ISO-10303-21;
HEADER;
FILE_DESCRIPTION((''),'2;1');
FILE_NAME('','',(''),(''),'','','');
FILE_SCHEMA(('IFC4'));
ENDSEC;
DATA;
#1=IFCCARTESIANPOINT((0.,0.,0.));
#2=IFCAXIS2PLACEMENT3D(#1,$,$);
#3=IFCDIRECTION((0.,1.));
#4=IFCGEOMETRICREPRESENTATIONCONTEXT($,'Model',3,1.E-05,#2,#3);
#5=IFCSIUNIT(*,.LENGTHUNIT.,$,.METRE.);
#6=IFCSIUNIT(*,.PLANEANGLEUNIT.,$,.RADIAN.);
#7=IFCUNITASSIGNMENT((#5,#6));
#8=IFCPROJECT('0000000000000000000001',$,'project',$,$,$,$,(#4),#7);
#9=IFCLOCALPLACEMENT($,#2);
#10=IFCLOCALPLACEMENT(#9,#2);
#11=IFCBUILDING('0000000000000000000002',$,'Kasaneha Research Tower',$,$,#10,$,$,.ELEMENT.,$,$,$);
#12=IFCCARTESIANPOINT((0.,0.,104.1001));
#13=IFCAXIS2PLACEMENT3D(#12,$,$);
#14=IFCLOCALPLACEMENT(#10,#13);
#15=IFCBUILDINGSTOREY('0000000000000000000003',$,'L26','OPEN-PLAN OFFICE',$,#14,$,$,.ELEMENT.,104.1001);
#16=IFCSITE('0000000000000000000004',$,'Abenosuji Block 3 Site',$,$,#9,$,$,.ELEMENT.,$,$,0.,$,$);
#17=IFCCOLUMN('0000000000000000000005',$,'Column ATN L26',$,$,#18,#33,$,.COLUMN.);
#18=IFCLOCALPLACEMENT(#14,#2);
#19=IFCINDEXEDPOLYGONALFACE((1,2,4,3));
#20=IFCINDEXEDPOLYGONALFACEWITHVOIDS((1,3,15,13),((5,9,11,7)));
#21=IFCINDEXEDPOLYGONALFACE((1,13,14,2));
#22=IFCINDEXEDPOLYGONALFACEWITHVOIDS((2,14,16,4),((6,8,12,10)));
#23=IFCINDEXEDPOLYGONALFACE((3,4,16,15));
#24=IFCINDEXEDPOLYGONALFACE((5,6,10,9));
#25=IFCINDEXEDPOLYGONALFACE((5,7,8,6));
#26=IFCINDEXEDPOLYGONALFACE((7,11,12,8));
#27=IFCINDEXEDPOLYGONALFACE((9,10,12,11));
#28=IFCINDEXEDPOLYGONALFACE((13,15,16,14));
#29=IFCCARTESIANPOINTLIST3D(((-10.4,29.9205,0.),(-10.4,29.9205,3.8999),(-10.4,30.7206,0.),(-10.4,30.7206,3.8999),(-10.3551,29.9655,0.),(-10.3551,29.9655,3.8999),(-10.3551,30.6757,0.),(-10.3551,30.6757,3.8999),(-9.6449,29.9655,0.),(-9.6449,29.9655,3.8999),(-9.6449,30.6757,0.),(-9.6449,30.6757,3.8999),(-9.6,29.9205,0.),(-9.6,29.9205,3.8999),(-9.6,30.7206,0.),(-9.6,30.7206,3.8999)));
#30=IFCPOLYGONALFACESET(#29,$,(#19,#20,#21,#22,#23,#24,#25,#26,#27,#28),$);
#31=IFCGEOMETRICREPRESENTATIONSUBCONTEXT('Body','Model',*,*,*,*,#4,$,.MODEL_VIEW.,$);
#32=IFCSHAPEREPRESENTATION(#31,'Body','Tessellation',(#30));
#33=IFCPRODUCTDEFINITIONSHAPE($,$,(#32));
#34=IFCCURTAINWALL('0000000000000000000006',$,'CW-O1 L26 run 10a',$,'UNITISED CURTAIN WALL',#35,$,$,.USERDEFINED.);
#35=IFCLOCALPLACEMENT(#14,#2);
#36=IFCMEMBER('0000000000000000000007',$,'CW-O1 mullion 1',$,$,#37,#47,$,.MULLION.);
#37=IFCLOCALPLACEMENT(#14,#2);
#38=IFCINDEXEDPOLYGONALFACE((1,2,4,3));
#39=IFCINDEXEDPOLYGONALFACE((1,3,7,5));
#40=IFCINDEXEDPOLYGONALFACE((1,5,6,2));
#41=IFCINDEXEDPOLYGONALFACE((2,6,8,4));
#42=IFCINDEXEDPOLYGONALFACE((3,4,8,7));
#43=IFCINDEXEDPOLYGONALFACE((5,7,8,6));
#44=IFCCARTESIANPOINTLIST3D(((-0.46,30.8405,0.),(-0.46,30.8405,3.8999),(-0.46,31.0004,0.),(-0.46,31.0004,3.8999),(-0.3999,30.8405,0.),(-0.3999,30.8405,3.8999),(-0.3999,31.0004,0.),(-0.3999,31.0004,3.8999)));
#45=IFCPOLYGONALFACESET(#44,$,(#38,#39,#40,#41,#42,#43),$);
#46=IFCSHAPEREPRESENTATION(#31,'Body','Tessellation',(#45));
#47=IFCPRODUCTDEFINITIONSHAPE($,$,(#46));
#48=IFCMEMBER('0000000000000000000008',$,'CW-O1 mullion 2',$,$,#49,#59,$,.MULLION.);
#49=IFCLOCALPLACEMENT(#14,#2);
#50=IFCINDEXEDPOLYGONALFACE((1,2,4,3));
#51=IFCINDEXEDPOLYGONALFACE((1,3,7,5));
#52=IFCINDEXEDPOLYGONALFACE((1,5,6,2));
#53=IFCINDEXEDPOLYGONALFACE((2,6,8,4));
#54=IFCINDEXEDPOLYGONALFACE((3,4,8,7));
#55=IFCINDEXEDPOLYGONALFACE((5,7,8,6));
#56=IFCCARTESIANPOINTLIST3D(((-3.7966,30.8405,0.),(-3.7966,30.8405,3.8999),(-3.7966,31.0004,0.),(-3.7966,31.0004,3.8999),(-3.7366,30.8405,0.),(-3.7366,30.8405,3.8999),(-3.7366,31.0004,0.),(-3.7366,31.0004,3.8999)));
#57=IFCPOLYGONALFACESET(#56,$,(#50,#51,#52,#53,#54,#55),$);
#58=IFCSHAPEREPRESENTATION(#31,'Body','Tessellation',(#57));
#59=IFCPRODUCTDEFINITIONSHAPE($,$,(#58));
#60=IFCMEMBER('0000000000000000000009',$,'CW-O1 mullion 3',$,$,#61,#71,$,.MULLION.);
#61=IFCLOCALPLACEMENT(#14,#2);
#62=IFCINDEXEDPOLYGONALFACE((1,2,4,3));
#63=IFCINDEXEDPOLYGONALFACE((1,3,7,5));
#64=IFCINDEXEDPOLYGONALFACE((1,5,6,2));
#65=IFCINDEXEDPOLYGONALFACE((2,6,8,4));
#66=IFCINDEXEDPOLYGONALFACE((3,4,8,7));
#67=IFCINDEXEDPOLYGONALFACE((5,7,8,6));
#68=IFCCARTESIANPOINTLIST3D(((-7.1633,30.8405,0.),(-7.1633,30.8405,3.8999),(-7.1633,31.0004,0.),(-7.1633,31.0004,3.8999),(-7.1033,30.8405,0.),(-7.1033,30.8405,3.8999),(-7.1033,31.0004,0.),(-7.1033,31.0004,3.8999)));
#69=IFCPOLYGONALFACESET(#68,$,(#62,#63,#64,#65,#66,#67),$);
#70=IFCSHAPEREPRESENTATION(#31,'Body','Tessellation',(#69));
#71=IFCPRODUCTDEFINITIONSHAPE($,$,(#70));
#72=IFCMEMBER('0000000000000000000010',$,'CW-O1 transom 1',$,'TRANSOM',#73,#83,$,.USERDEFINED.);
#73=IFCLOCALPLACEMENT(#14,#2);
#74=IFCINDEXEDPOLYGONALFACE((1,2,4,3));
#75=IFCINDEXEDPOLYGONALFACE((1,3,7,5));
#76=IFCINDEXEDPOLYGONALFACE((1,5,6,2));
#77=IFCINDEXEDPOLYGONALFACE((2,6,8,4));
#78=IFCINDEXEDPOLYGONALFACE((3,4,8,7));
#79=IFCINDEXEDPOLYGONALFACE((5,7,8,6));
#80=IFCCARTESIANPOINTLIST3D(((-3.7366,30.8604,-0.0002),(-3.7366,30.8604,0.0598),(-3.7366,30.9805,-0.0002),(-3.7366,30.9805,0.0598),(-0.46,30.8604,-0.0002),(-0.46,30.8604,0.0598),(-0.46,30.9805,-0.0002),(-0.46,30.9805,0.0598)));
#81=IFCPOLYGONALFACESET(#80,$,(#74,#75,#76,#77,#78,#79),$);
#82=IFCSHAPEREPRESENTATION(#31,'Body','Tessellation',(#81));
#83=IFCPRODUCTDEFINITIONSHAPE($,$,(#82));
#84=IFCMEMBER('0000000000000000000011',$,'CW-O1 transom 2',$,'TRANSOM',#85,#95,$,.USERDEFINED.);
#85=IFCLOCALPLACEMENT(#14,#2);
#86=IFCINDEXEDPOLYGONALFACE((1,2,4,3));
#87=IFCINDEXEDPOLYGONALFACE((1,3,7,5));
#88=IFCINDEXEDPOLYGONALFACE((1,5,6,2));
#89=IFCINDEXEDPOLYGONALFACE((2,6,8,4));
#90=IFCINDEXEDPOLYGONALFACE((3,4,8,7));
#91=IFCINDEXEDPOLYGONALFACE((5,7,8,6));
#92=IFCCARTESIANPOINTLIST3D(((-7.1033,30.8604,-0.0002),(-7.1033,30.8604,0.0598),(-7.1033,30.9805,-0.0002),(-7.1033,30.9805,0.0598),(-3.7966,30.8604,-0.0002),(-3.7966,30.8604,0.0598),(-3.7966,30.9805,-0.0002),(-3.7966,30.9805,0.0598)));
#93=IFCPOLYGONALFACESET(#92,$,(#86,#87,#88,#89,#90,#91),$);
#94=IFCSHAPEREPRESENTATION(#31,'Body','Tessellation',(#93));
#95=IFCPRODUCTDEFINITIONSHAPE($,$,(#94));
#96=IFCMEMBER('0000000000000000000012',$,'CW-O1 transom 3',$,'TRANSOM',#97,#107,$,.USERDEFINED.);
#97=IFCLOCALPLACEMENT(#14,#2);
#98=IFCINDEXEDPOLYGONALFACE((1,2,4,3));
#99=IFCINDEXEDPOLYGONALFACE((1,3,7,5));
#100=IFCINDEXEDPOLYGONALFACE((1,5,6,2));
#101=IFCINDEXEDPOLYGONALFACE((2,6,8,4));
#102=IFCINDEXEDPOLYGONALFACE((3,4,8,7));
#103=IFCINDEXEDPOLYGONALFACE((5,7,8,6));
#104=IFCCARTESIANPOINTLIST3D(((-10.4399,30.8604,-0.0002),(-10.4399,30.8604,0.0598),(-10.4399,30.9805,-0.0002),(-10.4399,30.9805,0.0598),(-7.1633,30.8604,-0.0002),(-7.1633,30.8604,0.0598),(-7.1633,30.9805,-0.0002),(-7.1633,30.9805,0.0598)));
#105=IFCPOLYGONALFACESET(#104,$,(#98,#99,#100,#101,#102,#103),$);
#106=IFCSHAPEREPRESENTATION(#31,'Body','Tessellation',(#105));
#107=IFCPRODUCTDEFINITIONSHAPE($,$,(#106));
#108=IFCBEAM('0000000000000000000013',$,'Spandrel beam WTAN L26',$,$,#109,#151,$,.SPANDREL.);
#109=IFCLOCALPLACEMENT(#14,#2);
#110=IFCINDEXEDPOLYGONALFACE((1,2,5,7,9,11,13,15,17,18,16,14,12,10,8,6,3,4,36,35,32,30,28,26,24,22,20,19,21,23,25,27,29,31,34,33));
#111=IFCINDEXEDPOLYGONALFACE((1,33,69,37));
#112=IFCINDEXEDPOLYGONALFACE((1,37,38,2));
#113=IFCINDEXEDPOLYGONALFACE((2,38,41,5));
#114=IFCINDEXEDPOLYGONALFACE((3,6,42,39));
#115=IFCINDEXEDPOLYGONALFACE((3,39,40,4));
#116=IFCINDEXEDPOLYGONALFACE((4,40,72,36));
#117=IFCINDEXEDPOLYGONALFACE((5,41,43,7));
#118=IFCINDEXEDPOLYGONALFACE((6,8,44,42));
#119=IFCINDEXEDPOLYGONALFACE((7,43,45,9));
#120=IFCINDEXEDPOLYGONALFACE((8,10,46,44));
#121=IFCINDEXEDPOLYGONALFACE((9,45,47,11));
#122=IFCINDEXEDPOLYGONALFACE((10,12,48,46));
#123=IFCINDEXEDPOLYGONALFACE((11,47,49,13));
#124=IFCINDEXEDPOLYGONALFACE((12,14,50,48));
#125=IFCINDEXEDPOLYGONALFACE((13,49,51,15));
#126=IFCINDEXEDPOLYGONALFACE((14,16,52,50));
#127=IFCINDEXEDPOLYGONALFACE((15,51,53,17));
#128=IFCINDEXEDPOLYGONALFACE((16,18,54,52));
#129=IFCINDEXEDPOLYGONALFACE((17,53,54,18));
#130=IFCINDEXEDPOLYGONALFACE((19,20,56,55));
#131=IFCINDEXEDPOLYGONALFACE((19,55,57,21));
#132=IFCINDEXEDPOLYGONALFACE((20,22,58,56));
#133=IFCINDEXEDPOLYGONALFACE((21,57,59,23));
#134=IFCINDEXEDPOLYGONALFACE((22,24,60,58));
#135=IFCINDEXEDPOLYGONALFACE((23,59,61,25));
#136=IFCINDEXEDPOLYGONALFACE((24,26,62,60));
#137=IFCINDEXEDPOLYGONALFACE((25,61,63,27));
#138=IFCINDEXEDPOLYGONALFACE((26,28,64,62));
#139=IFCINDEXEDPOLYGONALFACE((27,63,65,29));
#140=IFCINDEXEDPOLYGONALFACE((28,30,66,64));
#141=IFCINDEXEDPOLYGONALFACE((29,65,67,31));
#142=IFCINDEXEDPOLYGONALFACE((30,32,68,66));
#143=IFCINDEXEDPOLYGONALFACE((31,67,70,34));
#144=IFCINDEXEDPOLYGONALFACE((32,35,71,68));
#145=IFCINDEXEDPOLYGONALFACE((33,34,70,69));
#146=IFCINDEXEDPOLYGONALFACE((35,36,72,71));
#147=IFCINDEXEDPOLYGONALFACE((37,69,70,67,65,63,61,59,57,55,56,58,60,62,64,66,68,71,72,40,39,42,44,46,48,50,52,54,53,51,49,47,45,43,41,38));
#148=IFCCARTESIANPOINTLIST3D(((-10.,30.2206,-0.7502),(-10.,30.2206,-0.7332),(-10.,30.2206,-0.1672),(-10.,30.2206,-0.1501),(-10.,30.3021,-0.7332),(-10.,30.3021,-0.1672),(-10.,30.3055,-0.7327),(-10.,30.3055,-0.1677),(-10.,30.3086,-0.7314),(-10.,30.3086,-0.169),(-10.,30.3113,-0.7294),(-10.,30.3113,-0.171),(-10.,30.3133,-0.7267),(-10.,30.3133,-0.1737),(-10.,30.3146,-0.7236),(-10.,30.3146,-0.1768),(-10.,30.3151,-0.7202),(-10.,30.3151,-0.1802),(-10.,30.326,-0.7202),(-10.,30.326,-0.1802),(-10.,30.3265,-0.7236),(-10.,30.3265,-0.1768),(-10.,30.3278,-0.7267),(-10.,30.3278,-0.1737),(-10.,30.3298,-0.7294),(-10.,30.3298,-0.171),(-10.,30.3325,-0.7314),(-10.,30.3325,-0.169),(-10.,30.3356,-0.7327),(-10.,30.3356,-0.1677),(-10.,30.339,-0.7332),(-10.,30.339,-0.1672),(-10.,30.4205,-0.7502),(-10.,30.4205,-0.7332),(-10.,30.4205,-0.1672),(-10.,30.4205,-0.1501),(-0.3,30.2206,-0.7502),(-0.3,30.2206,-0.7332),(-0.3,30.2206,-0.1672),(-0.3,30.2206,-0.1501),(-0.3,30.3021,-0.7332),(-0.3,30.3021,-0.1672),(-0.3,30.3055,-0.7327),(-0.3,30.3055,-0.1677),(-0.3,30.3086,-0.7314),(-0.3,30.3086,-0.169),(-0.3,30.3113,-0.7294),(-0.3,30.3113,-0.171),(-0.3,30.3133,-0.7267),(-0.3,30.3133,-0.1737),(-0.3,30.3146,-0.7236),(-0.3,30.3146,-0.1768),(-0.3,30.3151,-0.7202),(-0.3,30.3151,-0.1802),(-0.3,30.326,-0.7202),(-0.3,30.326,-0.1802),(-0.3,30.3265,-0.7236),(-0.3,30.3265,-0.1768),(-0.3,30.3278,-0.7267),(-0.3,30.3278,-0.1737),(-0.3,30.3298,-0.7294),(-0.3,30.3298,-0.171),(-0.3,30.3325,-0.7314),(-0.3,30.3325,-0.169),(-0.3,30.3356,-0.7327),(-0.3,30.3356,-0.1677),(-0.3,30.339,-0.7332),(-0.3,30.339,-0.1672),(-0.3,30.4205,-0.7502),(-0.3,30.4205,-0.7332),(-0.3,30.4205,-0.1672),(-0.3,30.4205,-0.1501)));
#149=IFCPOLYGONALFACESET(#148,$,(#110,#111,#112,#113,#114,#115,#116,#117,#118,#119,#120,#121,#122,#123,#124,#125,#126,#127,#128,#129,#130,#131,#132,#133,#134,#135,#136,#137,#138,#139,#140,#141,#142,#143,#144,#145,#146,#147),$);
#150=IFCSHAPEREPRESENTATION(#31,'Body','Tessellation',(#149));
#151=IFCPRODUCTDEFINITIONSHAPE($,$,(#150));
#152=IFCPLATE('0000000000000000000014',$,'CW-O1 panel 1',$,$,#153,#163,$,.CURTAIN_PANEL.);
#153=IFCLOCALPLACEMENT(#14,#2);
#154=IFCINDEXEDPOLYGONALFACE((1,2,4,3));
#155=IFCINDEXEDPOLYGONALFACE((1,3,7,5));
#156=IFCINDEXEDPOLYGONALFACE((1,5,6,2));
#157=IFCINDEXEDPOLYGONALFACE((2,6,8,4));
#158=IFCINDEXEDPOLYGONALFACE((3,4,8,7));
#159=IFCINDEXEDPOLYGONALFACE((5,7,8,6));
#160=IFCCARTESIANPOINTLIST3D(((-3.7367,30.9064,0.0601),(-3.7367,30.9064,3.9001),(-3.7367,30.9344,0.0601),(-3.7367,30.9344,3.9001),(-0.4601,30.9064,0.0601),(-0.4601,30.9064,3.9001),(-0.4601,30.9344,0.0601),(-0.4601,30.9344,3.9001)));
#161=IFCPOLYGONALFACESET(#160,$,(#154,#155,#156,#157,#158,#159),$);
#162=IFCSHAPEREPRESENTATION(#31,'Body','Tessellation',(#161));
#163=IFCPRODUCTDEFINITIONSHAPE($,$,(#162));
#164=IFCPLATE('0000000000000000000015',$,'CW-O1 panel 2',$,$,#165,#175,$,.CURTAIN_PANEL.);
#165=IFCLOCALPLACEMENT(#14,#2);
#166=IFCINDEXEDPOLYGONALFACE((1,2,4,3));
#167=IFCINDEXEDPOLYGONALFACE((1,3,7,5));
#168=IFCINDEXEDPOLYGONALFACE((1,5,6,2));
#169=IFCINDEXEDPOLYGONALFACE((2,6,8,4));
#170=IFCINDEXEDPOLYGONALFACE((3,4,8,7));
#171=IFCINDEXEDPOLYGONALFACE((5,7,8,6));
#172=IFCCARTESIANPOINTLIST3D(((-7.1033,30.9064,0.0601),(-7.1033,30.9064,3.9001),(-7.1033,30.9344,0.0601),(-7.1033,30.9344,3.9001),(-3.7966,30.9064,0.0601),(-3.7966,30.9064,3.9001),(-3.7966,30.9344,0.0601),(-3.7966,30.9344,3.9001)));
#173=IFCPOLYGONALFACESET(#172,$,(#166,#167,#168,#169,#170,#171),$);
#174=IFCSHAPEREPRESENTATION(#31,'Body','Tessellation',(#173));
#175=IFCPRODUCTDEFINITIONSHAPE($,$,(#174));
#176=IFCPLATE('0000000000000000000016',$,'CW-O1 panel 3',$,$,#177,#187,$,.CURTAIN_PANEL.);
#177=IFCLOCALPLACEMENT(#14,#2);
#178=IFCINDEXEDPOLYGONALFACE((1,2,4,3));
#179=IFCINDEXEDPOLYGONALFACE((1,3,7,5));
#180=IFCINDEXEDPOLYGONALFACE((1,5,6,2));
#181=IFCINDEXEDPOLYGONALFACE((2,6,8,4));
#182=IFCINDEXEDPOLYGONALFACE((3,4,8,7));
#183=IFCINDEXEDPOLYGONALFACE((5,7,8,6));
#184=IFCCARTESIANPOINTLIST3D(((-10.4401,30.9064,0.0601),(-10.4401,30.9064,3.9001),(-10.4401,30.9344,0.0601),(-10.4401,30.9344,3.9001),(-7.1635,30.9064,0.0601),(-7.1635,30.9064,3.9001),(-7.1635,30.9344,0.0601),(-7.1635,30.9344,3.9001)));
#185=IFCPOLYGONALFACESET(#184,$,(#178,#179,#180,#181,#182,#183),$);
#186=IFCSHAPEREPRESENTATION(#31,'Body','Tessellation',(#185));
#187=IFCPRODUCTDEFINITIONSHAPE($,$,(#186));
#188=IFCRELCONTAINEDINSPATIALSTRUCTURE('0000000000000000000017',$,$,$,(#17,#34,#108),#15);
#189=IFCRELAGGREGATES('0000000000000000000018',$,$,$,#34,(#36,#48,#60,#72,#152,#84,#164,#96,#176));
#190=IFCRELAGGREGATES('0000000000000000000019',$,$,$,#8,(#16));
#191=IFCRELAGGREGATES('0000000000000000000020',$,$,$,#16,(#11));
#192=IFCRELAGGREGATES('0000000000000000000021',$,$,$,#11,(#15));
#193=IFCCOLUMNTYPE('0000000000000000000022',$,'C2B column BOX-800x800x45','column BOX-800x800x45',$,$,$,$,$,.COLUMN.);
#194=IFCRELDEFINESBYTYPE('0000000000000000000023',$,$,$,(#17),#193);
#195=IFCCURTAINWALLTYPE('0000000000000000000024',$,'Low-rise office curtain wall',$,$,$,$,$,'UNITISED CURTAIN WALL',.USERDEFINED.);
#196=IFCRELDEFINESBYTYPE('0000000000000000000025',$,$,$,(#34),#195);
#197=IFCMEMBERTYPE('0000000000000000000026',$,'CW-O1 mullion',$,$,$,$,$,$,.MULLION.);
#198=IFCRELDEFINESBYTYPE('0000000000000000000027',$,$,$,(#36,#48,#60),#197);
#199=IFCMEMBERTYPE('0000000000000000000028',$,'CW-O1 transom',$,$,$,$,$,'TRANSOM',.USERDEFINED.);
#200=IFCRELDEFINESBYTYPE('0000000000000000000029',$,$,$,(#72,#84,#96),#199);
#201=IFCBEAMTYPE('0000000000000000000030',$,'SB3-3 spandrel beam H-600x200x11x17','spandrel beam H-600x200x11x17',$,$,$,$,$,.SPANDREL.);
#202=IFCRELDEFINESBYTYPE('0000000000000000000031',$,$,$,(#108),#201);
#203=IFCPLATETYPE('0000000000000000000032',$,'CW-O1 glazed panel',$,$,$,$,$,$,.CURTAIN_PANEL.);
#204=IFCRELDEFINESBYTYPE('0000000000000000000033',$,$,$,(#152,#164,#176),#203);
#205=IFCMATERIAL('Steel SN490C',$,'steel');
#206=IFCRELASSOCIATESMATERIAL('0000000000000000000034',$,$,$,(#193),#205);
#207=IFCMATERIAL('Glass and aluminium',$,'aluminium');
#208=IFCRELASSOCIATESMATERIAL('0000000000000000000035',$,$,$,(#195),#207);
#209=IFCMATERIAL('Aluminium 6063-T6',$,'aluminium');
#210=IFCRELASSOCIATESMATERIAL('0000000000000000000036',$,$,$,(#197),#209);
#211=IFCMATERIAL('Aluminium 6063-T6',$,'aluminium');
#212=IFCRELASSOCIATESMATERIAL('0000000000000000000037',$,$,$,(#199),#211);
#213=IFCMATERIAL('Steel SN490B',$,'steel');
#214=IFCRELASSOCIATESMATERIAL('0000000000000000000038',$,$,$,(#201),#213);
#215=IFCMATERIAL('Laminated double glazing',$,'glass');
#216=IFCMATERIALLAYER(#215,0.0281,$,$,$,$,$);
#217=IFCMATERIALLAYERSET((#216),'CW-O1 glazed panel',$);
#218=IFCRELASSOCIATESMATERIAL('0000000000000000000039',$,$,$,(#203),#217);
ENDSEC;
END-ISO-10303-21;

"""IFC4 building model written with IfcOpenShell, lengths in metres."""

from ifc_helpers import new_model, si_unit, direction, frame, origin, origin_2d, place, context, subcontext, project, spatial, rectangle, hollow_rectangle, i_section, extrude, material, layer, layer_set, material_profile, profile_set, type_object, element, aggregate, save


model = new_model("IFC4")

# Units and contexts
model_context = context("Model", 3, precision=1e-05, world=origin(), true_north=direction((0.0, 1.0)))
body_context = subcontext(model_context, "Body", "Model", "MODEL_VIEW")
ifc_project = project(units=[si_unit("LENGTHUNIT", "METRE"), si_unit("PLANEANGLEUNIT", "RADIAN")], contexts=[model_context])

# Site, building, storey
site_placement = place(None, origin())
site = spatial("IfcSite", under=ifc_project, at=site_placement, Name="Abenosuji Block 3 Site", CompositionType="ELEMENT", RefElevation=0.0)
building_placement = place(site_placement, origin())
building = spatial("IfcBuilding", under=site, at=building_placement, Name="Kasaneha Research Tower", CompositionType="ELEMENT")
storey_placement = place(building_placement, frame((0.0, 0.0, 104.1001)))
storey = spatial("IfcBuildingStorey", under=building, at=storey_placement, Name="L26", Description="OPEN-PLAN OFFICE", CompositionType="ELEMENT", Elevation=104.1001)

# Column
ifc_material_1 = material(Name="Steel SN490C", Category="steel")
ifc_material_profile_1 = material_profile(ifc_material_1, hollow_rectangle(XDim=0.8, YDim=0.8, WallThickness=0.0449, at=origin_2d()), Name="BOX-800x800x45")
ifc_profile_set_1 = profile_set([ifc_material_profile_1], Name="Steel SN490C")
column_type = type_object("IfcColumnType", Name="C2B column BOX-800x800x45", Description="column BOX-800x800x45", PredefinedType="COLUMN", material=ifc_profile_set_1)
column_placement = place(storey_placement, frame((-10.0, 30.3206, 0.0), z_axis=(0.0, 0.0, 1.0), x_axis=(1.0, 0.0, 0.0)))
element("IfcColumn", 1, at=column_placement, inside=storey, type_object=column_type, Name="Column ATN L26", PredefinedType="COLUMN", context=body_context, shape_type="SweptSolid", body=[
    extrude(hollow_rectangle(XDim=0.8, YDim=0.8, WallThickness=0.0449, at=origin_2d()), origin(), (0.0, 0.0, 1.0), 3.8999),
])

# Curtain wall, members
ifc_material_2 = material(Name="Glass and aluminium", Category="aluminium")
curtain_wall_type = type_object("IfcCurtainWallType", Name="Low-rise office curtain wall", ElementType="UNITISED CURTAIN WALL", PredefinedType="USERDEFINED", material=ifc_material_2)
curtain_wall_placement = place(storey_placement, origin())
curtain_wall = element("IfcCurtainWall", 2, at=curtain_wall_placement, inside=storey, type_object=curtain_wall_type, Name="CW-O1 L26 run 10a", ObjectType="UNITISED CURTAIN WALL", PredefinedType="USERDEFINED")
ifc_material_3 = material(Name="Aluminium 6063-T6", Category="aluminium")
ifc_material_profile_2 = material_profile(ifc_material_3, rectangle(XDim=0.0601, YDim=0.1599, at=origin_2d()), Name="CW-O1 mullion 60x160")
ifc_profile_set_2 = profile_set([ifc_material_profile_2], Name="Aluminium 6063-T6")
member_type_1 = type_object("IfcMemberType", Name="CW-O1 mullion", PredefinedType="MULLION", material=ifc_profile_set_2)
member_1_placement = place(storey_placement, frame((-0.4299, 30.9204, 0.0), z_axis=(0.0, 0.0, 1.0), x_axis=(-1.0, 0.0, 0.0)))
member_1 = element("IfcMember", 3, at=member_1_placement, type_object=member_type_1, Name="CW-O1 mullion 1", PredefinedType="MULLION", context=body_context, shape_type="SweptSolid", body=[
    extrude(rectangle(XDim=0.0601, YDim=0.1599, at=origin_2d()), origin(), (0.0, 0.0, 1.0), 3.8999),
])
member_2_placement = place(storey_placement, frame((-3.7666, 30.9204, 0.0), z_axis=(0.0, 0.0, 1.0), x_axis=(-1.0, 0.0, 0.0)))
member_2 = element("IfcMember", 4, at=member_2_placement, type_object=member_type_1, Name="CW-O1 mullion 2", PredefinedType="MULLION", context=body_context, shape_type="SweptSolid", body=[
    extrude(rectangle(XDim=0.0601, YDim=0.1599, at=origin_2d()), origin(), (0.0, 0.0, 1.0), 3.8999),
])
member_3_placement = place(storey_placement, frame((-7.1333, 30.9204, 0.0), z_axis=(0.0, 0.0, 1.0), x_axis=(-1.0, 0.0, 0.0)))
member_3 = element("IfcMember", 5, at=member_3_placement, type_object=member_type_1, Name="CW-O1 mullion 3", PredefinedType="MULLION", context=body_context, shape_type="SweptSolid", body=[
    extrude(rectangle(XDim=0.0601, YDim=0.1599, at=origin_2d()), origin(), (0.0, 0.0, 1.0), 3.8999),
])
ifc_material_4 = material(Name="Aluminium 6063-T6", Category="aluminium")
ifc_material_profile_3 = material_profile(ifc_material_4, rectangle(XDim=0.1201, YDim=0.0601, at=origin_2d()), Name="CW-O1 transom 120x60")
ifc_profile_set_3 = profile_set([ifc_material_profile_3], Name="Aluminium 6063-T6")
member_type_2 = type_object("IfcMemberType", Name="CW-O1 transom", ElementType="TRANSOM", PredefinedType="USERDEFINED", material=ifc_profile_set_3)
member_4_placement = place(storey_placement, frame((-0.46, 30.9204, 0.0298), z_axis=(-1.0, 0.0, 0.0), x_axis=(0.0, -1.0, 0.0)))
member_4 = element("IfcMember", 6, at=member_4_placement, type_object=member_type_2, Name="CW-O1 transom 1", ObjectType="TRANSOM", PredefinedType="USERDEFINED", context=body_context, shape_type="SweptSolid", body=[
    extrude(rectangle(XDim=0.1201, YDim=0.0601, at=origin_2d()), origin(), (0.0, 0.0, 1.0), 3.2766),
])
member_5_placement = place(storey_placement, frame((-3.7966, 30.9204, 0.0298), z_axis=(-1.0, 0.0, 0.0), x_axis=(0.0, -1.0, 0.0)))
member_5 = element("IfcMember", 7, at=member_5_placement, type_object=member_type_2, Name="CW-O1 transom 2", ObjectType="TRANSOM", PredefinedType="USERDEFINED", context=body_context, shape_type="SweptSolid", body=[
    extrude(rectangle(XDim=0.1201, YDim=0.0601, at=origin_2d()), origin(), (0.0, 0.0, 1.0), 3.3066),
])
member_6_placement = place(storey_placement, frame((-7.1633, 30.9204, 0.0298), z_axis=(-1.0, 0.0, 0.0), x_axis=(0.0, -1.0, 0.0)))
member_6 = element("IfcMember", 8, at=member_6_placement, type_object=member_type_2, Name="CW-O1 transom 3", ObjectType="TRANSOM", PredefinedType="USERDEFINED", context=body_context, shape_type="SweptSolid", body=[
    extrude(rectangle(XDim=0.1201, YDim=0.0601, at=origin_2d()), origin(), (0.0, 0.0, 1.0), 3.2766),
])

# Beam
ifc_material_5 = material(Name="Steel SN490B", Category="steel")
ifc_material_profile_4 = material_profile(ifc_material_5, i_section(OverallWidth=0.2, OverallDepth=0.6001, WebThickness=0.011, FlangeThickness=0.0171, FilletRadius=0.0129, at=origin_2d()), Name="H-600x200x11x17")
ifc_profile_set_4 = profile_set([ifc_material_profile_4], Name="Steel SN490B")
beam_type = type_object("IfcBeamType", Name="SB3-3 spandrel beam H-600x200x11x17", Description="spandrel beam H-600x200x11x17", PredefinedType="SPANDREL", material=ifc_profile_set_4)
beam_placement = place(storey_placement, frame((-10.0, 30.3206, -0.4502), z_axis=(1.0, 0.0, 0.0), x_axis=(0.0, 1.0, 0.0)))
element("IfcBeam", 9, at=beam_placement, inside=storey, type_object=beam_type, Name="Spandrel beam WTAN L26", PredefinedType="SPANDREL", context=body_context, shape_type="SweptSolid", body=[
    extrude(i_section(OverallWidth=0.2, OverallDepth=0.6001, WebThickness=0.011, FlangeThickness=0.0171, FilletRadius=0.0129, at=origin_2d()), origin(), (0.0, 0.0, 1.0), 9.7),
])

# Plates
ifc_material_6 = material(Name="Laminated double glazing", Category="glass")
ifc_layer_1 = layer(ifc_material_6, 0.0281)
ifc_layer_set_1 = layer_set([ifc_layer_1], Name="CW-O1 glazed panel")
plate_type = type_object("IfcPlateType", Name="CW-O1 glazed panel", PredefinedType="CURTAIN_PANEL", material=ifc_layer_set_1)
plate_1_placement = place(storey_placement, frame((-2.0984, 30.9204, 0.0601), z_axis=(0.0, 0.0, 1.0), x_axis=(-1.0, 0.0, 0.0)))
plate_1 = element("IfcPlate", 10, at=plate_1_placement, type_object=plate_type, Name="CW-O1 panel 1", PredefinedType="CURTAIN_PANEL", context=body_context, shape_type="SweptSolid", body=[
    extrude(rectangle(XDim=3.2766, YDim=0.0281, at=origin_2d()), origin(), (0.0, 0.0, 1.0), 3.8401),
])
plate_2_placement = place(storey_placement, frame((-5.45, 30.9204, 0.0601), z_axis=(0.0, 0.0, 1.0), x_axis=(-1.0, 0.0, 0.0)))
plate_2 = element("IfcPlate", 11, at=plate_2_placement, type_object=plate_type, Name="CW-O1 panel 2", PredefinedType="CURTAIN_PANEL", context=body_context, shape_type="SweptSolid", body=[
    extrude(rectangle(XDim=3.3066, YDim=0.0281, at=origin_2d()), origin(), (0.0, 0.0, 1.0), 3.8401),
])
plate_3_placement = place(storey_placement, frame((-8.8018, 30.9204, 0.0601), z_axis=(0.0, 0.0, 1.0), x_axis=(-1.0, 0.0, 0.0)))
plate_3 = element("IfcPlate", 12, at=plate_3_placement, type_object=plate_type, Name="CW-O1 panel 3", PredefinedType="CURTAIN_PANEL", context=body_context, shape_type="SweptSolid", body=[
    extrude(rectangle(XDim=3.2766, YDim=0.0281, at=origin_2d()), origin(), (0.0, 0.0, 1.0), 3.8401),
])
aggregate(curtain_wall, [member_1, member_2, member_3, member_4, plate_1, member_5, plate_2, member_6, plate_3])

save(model, "model.ifc")
